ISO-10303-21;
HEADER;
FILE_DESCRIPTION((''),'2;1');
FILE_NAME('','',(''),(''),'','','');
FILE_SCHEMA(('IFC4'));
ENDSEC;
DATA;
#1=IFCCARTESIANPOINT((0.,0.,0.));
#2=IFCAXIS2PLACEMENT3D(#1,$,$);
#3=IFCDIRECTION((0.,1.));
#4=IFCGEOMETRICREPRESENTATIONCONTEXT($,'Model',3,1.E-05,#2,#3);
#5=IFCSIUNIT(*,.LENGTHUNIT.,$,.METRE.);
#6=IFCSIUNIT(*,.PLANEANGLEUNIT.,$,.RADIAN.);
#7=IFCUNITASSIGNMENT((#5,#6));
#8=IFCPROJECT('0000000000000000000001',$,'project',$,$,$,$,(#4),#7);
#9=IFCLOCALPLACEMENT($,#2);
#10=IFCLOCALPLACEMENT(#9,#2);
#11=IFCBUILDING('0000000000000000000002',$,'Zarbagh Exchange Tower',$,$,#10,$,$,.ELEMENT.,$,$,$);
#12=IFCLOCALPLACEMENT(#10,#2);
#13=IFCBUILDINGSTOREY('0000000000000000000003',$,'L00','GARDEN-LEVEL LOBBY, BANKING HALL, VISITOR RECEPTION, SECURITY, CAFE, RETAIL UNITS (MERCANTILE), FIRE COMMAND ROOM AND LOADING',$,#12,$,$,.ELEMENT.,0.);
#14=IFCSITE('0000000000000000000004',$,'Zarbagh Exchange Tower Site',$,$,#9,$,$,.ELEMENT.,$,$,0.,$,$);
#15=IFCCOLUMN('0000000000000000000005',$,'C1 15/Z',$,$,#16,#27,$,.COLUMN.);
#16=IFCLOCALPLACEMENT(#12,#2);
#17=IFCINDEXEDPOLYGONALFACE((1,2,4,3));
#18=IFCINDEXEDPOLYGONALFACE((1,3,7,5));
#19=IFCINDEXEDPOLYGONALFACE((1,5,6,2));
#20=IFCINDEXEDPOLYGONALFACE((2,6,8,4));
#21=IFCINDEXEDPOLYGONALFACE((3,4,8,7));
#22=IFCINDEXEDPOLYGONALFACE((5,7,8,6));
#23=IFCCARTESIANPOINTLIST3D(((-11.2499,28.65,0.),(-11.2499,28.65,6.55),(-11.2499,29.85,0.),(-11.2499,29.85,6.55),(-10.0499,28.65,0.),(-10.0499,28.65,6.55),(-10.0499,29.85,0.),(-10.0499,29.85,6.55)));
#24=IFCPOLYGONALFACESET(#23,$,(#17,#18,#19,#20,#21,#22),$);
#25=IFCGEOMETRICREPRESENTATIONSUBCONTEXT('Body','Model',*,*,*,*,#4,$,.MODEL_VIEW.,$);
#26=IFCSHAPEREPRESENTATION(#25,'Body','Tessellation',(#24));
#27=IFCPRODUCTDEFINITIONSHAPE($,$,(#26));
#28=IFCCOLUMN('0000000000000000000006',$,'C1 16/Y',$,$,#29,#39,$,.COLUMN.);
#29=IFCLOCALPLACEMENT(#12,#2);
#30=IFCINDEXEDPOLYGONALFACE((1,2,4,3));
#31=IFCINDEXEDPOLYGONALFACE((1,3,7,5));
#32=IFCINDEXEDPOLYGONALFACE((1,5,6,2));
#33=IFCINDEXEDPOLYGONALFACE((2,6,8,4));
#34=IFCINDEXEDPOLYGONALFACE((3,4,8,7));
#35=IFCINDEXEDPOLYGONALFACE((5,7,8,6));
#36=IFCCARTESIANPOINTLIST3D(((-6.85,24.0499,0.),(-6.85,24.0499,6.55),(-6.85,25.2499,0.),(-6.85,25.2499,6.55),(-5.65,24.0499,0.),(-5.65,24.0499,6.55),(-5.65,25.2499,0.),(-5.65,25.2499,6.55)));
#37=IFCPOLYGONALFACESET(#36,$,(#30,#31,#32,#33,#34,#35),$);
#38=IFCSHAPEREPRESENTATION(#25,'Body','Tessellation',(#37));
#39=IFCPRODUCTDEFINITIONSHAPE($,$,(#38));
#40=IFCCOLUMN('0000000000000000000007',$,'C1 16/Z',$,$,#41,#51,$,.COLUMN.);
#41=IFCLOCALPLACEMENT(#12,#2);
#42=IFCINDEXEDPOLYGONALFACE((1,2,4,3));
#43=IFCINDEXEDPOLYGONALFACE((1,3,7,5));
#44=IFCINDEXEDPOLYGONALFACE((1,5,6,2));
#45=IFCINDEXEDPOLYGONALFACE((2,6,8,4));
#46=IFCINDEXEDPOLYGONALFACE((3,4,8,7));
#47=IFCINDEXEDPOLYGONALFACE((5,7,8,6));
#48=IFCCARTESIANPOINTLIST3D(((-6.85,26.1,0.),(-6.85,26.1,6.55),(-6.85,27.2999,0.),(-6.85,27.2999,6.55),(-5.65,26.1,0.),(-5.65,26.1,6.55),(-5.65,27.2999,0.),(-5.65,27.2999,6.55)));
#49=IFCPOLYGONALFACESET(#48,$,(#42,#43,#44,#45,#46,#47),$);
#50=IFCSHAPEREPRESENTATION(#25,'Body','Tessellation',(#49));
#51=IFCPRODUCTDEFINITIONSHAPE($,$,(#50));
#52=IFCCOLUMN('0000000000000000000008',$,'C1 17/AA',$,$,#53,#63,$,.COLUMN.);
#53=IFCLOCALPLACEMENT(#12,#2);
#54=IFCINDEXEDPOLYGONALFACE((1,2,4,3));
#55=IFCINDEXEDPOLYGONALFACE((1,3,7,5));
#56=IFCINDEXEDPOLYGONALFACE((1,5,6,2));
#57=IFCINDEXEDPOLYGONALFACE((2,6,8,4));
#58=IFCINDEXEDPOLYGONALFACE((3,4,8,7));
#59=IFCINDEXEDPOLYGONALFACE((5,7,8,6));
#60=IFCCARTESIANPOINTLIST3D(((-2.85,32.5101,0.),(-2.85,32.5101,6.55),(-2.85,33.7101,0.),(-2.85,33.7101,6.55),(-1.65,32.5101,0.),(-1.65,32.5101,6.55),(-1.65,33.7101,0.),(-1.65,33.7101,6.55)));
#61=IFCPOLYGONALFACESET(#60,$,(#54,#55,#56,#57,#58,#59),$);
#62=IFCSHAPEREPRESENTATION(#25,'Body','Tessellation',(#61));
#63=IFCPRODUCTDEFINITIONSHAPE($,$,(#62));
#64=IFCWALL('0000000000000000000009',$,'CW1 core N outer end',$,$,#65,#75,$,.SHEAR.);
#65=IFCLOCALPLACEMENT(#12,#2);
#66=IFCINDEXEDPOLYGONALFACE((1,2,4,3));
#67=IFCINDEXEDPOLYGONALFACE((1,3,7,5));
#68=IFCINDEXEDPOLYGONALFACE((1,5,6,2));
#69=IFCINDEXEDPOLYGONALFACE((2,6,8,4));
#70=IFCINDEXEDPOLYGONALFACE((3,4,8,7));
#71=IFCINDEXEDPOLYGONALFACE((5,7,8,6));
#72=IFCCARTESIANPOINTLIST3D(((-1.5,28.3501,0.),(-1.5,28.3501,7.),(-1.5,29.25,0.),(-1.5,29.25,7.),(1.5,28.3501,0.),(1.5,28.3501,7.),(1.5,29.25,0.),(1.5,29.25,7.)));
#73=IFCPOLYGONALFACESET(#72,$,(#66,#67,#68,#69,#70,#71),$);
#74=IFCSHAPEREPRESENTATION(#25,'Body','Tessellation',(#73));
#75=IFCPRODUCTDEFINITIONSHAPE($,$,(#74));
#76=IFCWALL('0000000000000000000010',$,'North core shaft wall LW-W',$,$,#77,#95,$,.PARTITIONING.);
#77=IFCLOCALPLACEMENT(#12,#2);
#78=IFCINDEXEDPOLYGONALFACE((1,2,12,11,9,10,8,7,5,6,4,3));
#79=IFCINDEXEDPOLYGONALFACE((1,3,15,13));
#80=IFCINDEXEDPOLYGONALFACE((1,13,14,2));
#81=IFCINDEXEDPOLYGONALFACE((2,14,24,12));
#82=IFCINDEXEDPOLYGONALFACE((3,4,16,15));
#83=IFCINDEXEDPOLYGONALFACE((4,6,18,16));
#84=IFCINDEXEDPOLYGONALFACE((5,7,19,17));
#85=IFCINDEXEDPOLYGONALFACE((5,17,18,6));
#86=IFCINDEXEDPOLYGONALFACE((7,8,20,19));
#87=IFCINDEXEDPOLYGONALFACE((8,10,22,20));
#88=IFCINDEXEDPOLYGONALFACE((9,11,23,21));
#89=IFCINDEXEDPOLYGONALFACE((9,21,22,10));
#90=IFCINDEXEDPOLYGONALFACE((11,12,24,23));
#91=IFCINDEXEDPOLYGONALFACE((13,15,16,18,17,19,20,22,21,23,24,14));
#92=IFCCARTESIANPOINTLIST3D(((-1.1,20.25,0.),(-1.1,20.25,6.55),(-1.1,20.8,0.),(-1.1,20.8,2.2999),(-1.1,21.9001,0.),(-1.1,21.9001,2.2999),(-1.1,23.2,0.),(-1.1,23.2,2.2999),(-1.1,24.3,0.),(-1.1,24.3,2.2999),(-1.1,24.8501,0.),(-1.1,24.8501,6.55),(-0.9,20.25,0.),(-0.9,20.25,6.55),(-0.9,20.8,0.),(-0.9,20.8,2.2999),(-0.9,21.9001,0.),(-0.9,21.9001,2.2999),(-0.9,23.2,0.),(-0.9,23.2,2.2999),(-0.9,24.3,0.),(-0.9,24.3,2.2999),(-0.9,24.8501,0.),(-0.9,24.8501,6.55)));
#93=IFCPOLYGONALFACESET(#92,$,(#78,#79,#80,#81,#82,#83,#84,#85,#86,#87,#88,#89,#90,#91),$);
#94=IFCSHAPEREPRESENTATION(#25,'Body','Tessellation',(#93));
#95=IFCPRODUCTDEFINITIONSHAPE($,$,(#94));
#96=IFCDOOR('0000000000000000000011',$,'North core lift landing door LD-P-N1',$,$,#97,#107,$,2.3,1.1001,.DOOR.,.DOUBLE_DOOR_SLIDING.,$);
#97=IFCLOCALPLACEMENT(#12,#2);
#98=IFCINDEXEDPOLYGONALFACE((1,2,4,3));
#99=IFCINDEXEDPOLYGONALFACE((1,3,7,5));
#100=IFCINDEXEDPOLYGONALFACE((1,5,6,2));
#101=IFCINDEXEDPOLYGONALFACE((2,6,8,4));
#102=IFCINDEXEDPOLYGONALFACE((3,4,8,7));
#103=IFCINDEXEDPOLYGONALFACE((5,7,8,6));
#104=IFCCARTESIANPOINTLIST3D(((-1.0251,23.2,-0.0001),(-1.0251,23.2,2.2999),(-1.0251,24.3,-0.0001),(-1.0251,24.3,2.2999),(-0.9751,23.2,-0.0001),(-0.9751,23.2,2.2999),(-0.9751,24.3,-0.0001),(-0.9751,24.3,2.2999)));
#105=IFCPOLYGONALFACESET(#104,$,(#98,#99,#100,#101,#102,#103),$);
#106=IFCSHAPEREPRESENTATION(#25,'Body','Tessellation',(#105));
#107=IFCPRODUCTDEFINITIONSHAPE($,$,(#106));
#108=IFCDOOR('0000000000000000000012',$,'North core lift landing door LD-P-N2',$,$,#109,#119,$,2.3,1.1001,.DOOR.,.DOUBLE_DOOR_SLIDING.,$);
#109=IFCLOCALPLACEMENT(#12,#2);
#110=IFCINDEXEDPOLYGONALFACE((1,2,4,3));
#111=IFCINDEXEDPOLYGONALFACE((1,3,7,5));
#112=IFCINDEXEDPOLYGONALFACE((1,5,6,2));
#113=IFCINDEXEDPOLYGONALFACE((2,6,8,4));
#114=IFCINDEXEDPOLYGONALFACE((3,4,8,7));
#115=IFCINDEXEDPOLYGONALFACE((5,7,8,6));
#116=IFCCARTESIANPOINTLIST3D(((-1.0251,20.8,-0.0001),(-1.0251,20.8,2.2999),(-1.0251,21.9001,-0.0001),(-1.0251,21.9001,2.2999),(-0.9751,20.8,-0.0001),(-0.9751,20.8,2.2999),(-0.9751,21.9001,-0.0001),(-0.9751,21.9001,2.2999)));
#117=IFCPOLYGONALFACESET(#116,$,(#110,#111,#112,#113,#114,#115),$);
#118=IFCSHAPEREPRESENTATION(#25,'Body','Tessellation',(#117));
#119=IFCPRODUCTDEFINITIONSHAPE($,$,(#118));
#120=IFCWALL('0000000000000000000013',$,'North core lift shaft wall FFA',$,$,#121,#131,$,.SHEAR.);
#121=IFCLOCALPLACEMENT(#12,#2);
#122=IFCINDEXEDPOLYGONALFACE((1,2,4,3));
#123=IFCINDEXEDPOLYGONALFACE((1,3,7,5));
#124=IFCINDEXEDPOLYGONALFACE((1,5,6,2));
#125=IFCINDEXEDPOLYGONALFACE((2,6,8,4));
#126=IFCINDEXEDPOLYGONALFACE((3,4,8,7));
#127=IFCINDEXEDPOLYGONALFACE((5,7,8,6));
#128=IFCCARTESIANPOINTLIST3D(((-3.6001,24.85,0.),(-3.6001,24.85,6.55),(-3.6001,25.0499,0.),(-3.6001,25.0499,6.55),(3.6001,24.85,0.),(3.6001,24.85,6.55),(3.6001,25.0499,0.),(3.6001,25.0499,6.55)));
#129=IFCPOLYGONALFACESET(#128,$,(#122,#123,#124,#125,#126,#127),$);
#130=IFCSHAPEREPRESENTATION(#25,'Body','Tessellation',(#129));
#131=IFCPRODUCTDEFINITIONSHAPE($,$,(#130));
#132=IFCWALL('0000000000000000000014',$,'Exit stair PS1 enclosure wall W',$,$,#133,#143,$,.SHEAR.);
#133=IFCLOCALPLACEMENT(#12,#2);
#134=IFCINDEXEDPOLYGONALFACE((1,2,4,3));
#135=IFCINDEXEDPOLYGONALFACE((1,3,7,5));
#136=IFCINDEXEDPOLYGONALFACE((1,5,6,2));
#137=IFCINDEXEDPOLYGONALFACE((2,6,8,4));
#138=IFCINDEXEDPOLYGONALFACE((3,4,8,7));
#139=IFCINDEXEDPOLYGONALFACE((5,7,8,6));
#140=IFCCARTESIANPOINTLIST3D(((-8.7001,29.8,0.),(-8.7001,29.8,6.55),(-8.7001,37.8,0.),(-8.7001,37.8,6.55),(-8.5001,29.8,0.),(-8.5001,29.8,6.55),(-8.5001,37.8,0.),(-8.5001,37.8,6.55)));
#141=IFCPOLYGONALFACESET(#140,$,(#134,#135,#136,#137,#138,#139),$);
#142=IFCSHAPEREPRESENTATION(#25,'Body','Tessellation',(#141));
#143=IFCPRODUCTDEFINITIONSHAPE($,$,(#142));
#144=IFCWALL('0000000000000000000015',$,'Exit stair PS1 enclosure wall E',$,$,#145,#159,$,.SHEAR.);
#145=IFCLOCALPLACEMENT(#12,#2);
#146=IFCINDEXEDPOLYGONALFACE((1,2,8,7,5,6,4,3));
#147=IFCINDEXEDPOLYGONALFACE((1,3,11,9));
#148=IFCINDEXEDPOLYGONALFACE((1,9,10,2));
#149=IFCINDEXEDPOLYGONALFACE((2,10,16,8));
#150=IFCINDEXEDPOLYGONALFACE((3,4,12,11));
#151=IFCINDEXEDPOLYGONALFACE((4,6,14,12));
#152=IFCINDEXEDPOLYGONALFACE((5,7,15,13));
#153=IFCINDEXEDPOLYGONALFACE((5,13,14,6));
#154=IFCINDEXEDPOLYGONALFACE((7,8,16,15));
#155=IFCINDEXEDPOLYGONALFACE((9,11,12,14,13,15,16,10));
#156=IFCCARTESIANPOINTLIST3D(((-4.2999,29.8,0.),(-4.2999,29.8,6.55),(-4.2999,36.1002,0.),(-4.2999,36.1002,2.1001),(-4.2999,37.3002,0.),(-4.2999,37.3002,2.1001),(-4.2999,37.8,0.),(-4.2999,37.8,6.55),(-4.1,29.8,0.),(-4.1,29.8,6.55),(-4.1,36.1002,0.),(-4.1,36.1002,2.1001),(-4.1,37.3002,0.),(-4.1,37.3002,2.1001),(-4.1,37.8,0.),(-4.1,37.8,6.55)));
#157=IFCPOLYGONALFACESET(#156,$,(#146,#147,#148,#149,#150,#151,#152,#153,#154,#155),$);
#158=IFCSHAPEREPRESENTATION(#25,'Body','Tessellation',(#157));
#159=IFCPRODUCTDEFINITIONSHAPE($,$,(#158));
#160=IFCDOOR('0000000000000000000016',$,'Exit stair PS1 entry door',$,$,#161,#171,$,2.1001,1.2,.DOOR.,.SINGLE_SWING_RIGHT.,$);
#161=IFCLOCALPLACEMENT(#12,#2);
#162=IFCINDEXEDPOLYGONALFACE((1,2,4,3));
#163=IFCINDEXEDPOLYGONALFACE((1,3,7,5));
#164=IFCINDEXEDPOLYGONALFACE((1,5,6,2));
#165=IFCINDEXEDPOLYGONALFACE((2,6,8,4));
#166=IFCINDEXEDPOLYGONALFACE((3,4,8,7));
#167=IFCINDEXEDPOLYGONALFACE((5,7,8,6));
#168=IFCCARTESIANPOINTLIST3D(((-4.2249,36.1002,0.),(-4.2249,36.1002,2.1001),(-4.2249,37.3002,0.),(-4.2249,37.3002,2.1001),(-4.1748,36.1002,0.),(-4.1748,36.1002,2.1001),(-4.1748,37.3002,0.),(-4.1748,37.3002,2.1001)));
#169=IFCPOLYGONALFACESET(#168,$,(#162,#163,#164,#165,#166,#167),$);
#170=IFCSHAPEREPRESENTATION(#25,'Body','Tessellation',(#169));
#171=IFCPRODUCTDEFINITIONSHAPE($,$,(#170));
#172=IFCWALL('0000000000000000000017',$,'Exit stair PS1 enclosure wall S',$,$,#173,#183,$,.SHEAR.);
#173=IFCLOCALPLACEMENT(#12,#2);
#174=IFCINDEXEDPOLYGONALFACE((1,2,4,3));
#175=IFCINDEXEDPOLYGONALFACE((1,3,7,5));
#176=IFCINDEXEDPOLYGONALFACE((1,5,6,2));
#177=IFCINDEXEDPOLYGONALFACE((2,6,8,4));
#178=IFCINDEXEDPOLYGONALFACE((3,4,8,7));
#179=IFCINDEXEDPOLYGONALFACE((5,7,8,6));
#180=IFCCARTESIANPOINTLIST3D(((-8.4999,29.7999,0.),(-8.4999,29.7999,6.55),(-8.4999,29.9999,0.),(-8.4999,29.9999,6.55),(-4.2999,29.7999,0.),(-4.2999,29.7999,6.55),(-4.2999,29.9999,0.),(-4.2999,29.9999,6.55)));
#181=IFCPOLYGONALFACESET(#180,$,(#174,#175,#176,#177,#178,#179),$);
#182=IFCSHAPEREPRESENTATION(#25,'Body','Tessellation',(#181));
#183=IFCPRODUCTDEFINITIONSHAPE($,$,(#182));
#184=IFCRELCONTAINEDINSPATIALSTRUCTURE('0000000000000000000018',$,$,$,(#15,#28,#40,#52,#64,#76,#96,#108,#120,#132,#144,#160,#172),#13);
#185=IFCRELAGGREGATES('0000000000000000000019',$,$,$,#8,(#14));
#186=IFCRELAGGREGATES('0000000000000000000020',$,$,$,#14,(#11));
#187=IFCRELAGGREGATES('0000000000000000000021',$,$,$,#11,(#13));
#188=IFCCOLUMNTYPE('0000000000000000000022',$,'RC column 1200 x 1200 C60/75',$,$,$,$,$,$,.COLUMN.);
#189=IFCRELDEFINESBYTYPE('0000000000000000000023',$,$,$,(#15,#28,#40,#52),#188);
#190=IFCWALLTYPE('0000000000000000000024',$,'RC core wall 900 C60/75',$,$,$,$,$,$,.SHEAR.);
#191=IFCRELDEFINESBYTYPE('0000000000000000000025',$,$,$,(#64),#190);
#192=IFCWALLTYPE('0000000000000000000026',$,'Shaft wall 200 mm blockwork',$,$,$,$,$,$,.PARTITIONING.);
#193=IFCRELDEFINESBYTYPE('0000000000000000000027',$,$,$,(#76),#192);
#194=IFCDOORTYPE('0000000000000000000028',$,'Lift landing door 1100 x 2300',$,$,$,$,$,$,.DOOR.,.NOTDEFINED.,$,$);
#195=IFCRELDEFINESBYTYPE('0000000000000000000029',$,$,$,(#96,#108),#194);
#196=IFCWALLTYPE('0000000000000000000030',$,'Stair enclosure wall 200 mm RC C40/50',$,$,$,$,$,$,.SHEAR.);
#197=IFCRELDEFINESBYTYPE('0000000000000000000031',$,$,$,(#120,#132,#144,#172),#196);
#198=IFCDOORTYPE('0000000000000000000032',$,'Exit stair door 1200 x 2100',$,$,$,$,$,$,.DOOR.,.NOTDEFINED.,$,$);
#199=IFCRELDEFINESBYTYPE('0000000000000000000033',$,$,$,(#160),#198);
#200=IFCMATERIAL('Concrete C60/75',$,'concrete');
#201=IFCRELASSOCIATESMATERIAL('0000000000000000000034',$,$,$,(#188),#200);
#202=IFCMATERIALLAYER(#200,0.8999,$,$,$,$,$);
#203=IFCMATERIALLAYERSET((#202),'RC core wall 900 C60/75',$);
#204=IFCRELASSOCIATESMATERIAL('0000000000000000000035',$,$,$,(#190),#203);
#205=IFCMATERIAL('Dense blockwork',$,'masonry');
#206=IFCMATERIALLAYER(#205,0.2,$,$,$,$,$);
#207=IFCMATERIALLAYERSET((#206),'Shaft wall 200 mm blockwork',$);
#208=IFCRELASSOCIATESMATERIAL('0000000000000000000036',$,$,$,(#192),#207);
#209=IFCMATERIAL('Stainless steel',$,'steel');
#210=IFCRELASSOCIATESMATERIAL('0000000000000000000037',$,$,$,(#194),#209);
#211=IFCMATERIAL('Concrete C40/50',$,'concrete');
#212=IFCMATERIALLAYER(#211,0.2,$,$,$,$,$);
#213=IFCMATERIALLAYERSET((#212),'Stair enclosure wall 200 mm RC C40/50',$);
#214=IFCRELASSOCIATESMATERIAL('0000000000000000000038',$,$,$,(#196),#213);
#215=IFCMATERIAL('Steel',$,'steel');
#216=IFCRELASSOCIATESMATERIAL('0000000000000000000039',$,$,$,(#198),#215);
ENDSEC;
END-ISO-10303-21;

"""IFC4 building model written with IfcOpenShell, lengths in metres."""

from ifc_helpers import new_model, si_unit, direction, frame, frame_2d, origin, origin_2d, place, context, subcontext, project, spatial, rectangle, extrude, material, layer, layer_set, material_profile, profile_set, type_object, element, fill, save


model = new_model("IFC4")

# Units and contexts
model_context = context("Model", 3, precision=1e-05, world=origin(), true_north=direction((0.0, 1.0)))
body_context = subcontext(model_context, "Body", "Model", "MODEL_VIEW")
ifc_project = project(units=[si_unit("LENGTHUNIT", "METRE"), si_unit("PLANEANGLEUNIT", "RADIAN")], contexts=[model_context])

# Site, building, storey
site_placement = place(None, origin())
site = spatial("IfcSite", under=ifc_project, at=site_placement, Name="Zarbagh Exchange Tower Site", CompositionType="ELEMENT", RefElevation=0.0)
building_placement = place(site_placement, origin())
building = spatial("IfcBuilding", under=site, at=building_placement, Name="Zarbagh Exchange Tower", CompositionType="ELEMENT")
storey_placement = place(building_placement, origin())
storey = spatial("IfcBuildingStorey", under=building, at=storey_placement, Name="L00", Description="GARDEN-LEVEL LOBBY, BANKING HALL, VISITOR RECEPTION, SECURITY, CAFE, RETAIL UNITS (MERCANTILE), FIRE COMMAND ROOM AND LOADING", CompositionType="ELEMENT", Elevation=0.0)

# Columns
ifc_material_1 = material(Name="Concrete C60/75", Category="concrete")
ifc_material_profile = material_profile(ifc_material_1, rectangle(XDim=1.2, YDim=1.2, at=origin_2d()), Name="RC column 1200 x 1200 C60/75")
ifc_profile_set = profile_set([ifc_material_profile], Name="Concrete C60/75")
column_type = type_object("IfcColumnType", Name="RC column 1200 x 1200 C60/75", PredefinedType="COLUMN", material=ifc_profile_set)
for number, where, z_axis, x_axis, name in (
    (1, (-10.6499, 29.25, 0.0), (0.0, 0.0, 1.0), (1.0, 0.0, 0.0), "C1 15/Z"),
    (2, (-6.25, 24.6499, 0.0), (0.0, 0.0, 1.0), (1.0, 0.0, 0.0), "C1 16/Y"),
    (3, (-6.25, 26.7, 0.0), (0.0, 0.0, 1.0), (1.0, 0.0, 0.0), "C1 16/Z"),
    (4, (-2.25, 33.1101, 0.0), (0.0, 0.0, 1.0), (1.0, 0.0, 0.0), "C1 17/AA"),
):
    element("IfcColumn", number, at=place(storey_placement, frame(where, z_axis=z_axis, x_axis=x_axis)), inside=storey, type_object=column_type, Name=name, PredefinedType="COLUMN", context=body_context, shape_type="SweptSolid", body=[
        extrude(rectangle(XDim=1.2, YDim=1.2, at=origin_2d()), origin(), (0.0, 0.0, 1.0), 6.55),
    ])

# Wall
ifc_layer_1 = layer(ifc_material_1, 0.8999)
ifc_layer_set_1 = layer_set([ifc_layer_1], Name="RC core wall 900 C60/75")
wall_type_1 = type_object("IfcWallType", Name="RC core wall 900 C60/75", PredefinedType="SHEAR", material=ifc_layer_set_1)
wall_1_placement = place(storey_placement, frame((-1.5, 28.8, 0.0), z_axis=(0.0, 0.0, 1.0), x_axis=(1.0, 0.0, 0.0)))
element("IfcWall", 5, at=wall_1_placement, inside=storey, type_object=wall_type_1, Name="CW1 core N outer end", PredefinedType="SHEAR", context=body_context, shape_type="SweptSolid", body=[
    extrude(rectangle(XDim=3.0, YDim=0.8999, at=frame_2d((1.5, 0.0))), origin(), (0.0, 0.0, 1.0), 7.0),
])

# Wall, openings, doors
ifc_material_2 = material(Name="Dense blockwork", Category="masonry")
ifc_layer_2 = layer(ifc_material_2, 0.2)
ifc_layer_set_2 = layer_set([ifc_layer_2], Name="Shaft wall 200 mm blockwork")
wall_type_2 = type_object("IfcWallType", Name="Shaft wall 200 mm blockwork", PredefinedType="PARTITIONING", material=ifc_layer_set_2)
wall_2_placement = place(storey_placement, frame((-1.0, 24.8501, 0.0), z_axis=(0.0, 0.0, 1.0), x_axis=(0.0, -1.0, 0.0)))
wall_2 = element("IfcWall", 6, at=wall_2_placement, inside=storey, type_object=wall_type_2, Name="North core shaft wall LW-W", PredefinedType="PARTITIONING", context=body_context, shape_type="SweptSolid", body=[
    extrude(rectangle(XDim=4.6001, YDim=0.2, at=frame_2d((2.3, 0.0))), origin(), (0.0, 0.0, 1.0), 6.55),
])
opening_1_placement = place(wall_2_placement, frame((0.55, 0.0, 0.0)))
opening_1 = element("IfcOpeningElement", 7, at=opening_1_placement, cuts=wall_2, PredefinedType="OPENING", context=body_context, shape_type="SweptSolid", body=[
    extrude(rectangle(XDim=1.1001, YDim=2.3, at=frame_2d((0.55, 1.1499))), frame((0.0, 0.1099, 0.0), z_axis=(0.0, -1.0, 0.0), x_axis=(1.0, 0.0, 0.0)), (0.0, 0.0, 1.0), 0.22),
])
opening_2_placement = place(wall_2_placement, frame((2.95, 0.0, 0.0)))
opening_2 = element("IfcOpeningElement", 8, at=opening_2_placement, cuts=wall_2, PredefinedType="OPENING", context=body_context, shape_type="SweptSolid", body=[
    extrude(rectangle(XDim=1.1001, YDim=2.3, at=frame_2d((0.55, 1.1499))), frame((0.0, 0.1099, 0.0), z_axis=(0.0, -1.0, 0.0), x_axis=(1.0, 0.0, 0.0)), (0.0, 0.0, 1.0), 0.22),
])
ifc_material_3 = material(Name="Stainless steel", Category="steel")
door_type_1 = type_object("IfcDoorType", Name="Lift landing door 1100 x 2300", OperationType="NOTDEFINED", PredefinedType="DOOR", material=ifc_material_3)
door_1_placement = place(opening_1_placement, origin())
door_1 = element("IfcDoor", 9, at=door_1_placement, inside=storey, type_object=door_type_1, Name="North core lift landing door LD-P-N1", OperationType="DOUBLE_DOOR_SLIDING", OverallHeight=2.3, OverallWidth=1.1001, PredefinedType="DOOR", context=body_context, shape_type="SweptSolid", body=[
    extrude(rectangle(XDim=1.1001, YDim=2.3, at=frame_2d((0.55, 1.1499))), frame((0.0, 0.0249, 0.0), z_axis=(0.0, -1.0, 0.0), x_axis=(1.0, 0.0, 0.0)), (0.0, 0.0, 1.0), 0.05),
])
fill(opening_1, door_1)
door_2_placement = place(opening_2_placement, origin())
door_2 = element("IfcDoor", 10, at=door_2_placement, inside=storey, type_object=door_type_1, Name="North core lift landing door LD-P-N2", OperationType="DOUBLE_DOOR_SLIDING", OverallHeight=2.3, OverallWidth=1.1001, PredefinedType="DOOR", context=body_context, shape_type="SweptSolid", body=[
    extrude(rectangle(XDim=1.1001, YDim=2.3, at=frame_2d((0.55, 1.1499))), frame((0.0, 0.0249, 0.0), z_axis=(0.0, -1.0, 0.0), x_axis=(1.0, 0.0, 0.0)), (0.0, 0.0, 1.0), 0.05),
])
fill(opening_2, door_2)

# Walls
ifc_material_4 = material(Name="Concrete C40/50", Category="concrete")
ifc_layer_3 = layer(ifc_material_4, 0.2)
ifc_layer_set_3 = layer_set([ifc_layer_3], Name="Stair enclosure wall 200 mm RC C40/50")
wall_type_3 = type_object("IfcWallType", Name="Stair enclosure wall 200 mm RC C40/50", PredefinedType="SHEAR", material=ifc_layer_set_3)
wall_3_placement = place(storey_placement, frame((-3.6001, 24.95, 0.0), z_axis=(0.0, 0.0, 1.0), x_axis=(1.0, 0.0, 0.0)))
element("IfcWall", 11, at=wall_3_placement, inside=storey, type_object=wall_type_3, Name="North core lift shaft wall FFA", PredefinedType="SHEAR", context=body_context, shape_type="SweptSolid", body=[
    extrude(rectangle(XDim=7.2002, YDim=0.2, at=frame_2d((3.6001, 0.0))), origin(), (0.0, 0.0, 1.0), 6.55),
])
wall_4_placement = place(storey_placement, frame((-8.6001, 29.8, 0.0), z_axis=(0.0, 0.0, 1.0), x_axis=(0.0, 1.0, 0.0)))
element("IfcWall", 12, at=wall_4_placement, inside=storey, type_object=wall_type_3, Name="Exit stair PS1 enclosure wall W", PredefinedType="SHEAR", context=body_context, shape_type="SweptSolid", body=[
    extrude(rectangle(XDim=8.0, YDim=0.2, at=frame_2d((4.0, 0.0))), origin(), (0.0, 0.0, 1.0), 6.55),
])

# Wall, opening, door
wall_5_placement = place(storey_placement, frame((-4.2, 29.8, 0.0), z_axis=(0.0, 0.0, 1.0), x_axis=(0.0, 1.0, 0.0)))
wall_5 = element("IfcWall", 13, at=wall_5_placement, inside=storey, type_object=wall_type_3, Name="Exit stair PS1 enclosure wall E", PredefinedType="SHEAR", context=body_context, shape_type="SweptSolid", body=[
    extrude(rectangle(XDim=8.0, YDim=0.2, at=frame_2d((4.0, 0.0))), origin(), (0.0, 0.0, 1.0), 6.55),
])
opening_3_placement = place(wall_5_placement, frame((6.3, 0.0, 0.0)))
opening_3 = element("IfcOpeningElement", 14, at=opening_3_placement, cuts=wall_5, PredefinedType="OPENING", context=body_context, shape_type="SweptSolid", body=[
    extrude(rectangle(XDim=1.2, YDim=2.1001, at=frame_2d((0.6001, 1.05))), frame((0.0, 0.1099, 0.0), z_axis=(0.0, -1.0, 0.0), x_axis=(1.0, 0.0, 0.0)), (0.0, 0.0, 1.0), 0.22),
])
ifc_material_5 = material(Name="Steel", Category="steel")
door_type_2 = type_object("IfcDoorType", Name="Exit stair door 1200 x 2100", OperationType="NOTDEFINED", PredefinedType="DOOR", material=ifc_material_5)
door_3_placement = place(opening_3_placement, origin())
door_3 = element("IfcDoor", 15, at=door_3_placement, inside=storey, type_object=door_type_2, Name="Exit stair PS1 entry door", OperationType="SINGLE_SWING_RIGHT", OverallHeight=2.1001, OverallWidth=1.2, PredefinedType="DOOR", context=body_context, shape_type="SweptSolid", body=[
    extrude(rectangle(XDim=1.2, YDim=2.1001, at=frame_2d((0.6001, 1.05))), frame((0.0, 0.0249, 0.0), z_axis=(0.0, -1.0, 0.0), x_axis=(1.0, 0.0, 0.0)), (0.0, 0.0, 1.0), 0.05),
])
fill(opening_3, door_3)

# Wall
wall_6_placement = place(storey_placement, frame((-8.5, 29.8999, 0.0), z_axis=(0.0, 0.0, 1.0), x_axis=(1.0, 0.0, 0.0)))
element("IfcWall", 16, at=wall_6_placement, inside=storey, type_object=wall_type_3, Name="Exit stair PS1 enclosure wall S", PredefinedType="SHEAR", context=body_context, shape_type="SweptSolid", body=[
    extrude(rectangle(XDim=4.2, YDim=0.2, at=frame_2d((2.1001, 0.0))), origin(), (0.0, 0.0, 1.0), 6.55),
])

save(model, "model.ifc")
